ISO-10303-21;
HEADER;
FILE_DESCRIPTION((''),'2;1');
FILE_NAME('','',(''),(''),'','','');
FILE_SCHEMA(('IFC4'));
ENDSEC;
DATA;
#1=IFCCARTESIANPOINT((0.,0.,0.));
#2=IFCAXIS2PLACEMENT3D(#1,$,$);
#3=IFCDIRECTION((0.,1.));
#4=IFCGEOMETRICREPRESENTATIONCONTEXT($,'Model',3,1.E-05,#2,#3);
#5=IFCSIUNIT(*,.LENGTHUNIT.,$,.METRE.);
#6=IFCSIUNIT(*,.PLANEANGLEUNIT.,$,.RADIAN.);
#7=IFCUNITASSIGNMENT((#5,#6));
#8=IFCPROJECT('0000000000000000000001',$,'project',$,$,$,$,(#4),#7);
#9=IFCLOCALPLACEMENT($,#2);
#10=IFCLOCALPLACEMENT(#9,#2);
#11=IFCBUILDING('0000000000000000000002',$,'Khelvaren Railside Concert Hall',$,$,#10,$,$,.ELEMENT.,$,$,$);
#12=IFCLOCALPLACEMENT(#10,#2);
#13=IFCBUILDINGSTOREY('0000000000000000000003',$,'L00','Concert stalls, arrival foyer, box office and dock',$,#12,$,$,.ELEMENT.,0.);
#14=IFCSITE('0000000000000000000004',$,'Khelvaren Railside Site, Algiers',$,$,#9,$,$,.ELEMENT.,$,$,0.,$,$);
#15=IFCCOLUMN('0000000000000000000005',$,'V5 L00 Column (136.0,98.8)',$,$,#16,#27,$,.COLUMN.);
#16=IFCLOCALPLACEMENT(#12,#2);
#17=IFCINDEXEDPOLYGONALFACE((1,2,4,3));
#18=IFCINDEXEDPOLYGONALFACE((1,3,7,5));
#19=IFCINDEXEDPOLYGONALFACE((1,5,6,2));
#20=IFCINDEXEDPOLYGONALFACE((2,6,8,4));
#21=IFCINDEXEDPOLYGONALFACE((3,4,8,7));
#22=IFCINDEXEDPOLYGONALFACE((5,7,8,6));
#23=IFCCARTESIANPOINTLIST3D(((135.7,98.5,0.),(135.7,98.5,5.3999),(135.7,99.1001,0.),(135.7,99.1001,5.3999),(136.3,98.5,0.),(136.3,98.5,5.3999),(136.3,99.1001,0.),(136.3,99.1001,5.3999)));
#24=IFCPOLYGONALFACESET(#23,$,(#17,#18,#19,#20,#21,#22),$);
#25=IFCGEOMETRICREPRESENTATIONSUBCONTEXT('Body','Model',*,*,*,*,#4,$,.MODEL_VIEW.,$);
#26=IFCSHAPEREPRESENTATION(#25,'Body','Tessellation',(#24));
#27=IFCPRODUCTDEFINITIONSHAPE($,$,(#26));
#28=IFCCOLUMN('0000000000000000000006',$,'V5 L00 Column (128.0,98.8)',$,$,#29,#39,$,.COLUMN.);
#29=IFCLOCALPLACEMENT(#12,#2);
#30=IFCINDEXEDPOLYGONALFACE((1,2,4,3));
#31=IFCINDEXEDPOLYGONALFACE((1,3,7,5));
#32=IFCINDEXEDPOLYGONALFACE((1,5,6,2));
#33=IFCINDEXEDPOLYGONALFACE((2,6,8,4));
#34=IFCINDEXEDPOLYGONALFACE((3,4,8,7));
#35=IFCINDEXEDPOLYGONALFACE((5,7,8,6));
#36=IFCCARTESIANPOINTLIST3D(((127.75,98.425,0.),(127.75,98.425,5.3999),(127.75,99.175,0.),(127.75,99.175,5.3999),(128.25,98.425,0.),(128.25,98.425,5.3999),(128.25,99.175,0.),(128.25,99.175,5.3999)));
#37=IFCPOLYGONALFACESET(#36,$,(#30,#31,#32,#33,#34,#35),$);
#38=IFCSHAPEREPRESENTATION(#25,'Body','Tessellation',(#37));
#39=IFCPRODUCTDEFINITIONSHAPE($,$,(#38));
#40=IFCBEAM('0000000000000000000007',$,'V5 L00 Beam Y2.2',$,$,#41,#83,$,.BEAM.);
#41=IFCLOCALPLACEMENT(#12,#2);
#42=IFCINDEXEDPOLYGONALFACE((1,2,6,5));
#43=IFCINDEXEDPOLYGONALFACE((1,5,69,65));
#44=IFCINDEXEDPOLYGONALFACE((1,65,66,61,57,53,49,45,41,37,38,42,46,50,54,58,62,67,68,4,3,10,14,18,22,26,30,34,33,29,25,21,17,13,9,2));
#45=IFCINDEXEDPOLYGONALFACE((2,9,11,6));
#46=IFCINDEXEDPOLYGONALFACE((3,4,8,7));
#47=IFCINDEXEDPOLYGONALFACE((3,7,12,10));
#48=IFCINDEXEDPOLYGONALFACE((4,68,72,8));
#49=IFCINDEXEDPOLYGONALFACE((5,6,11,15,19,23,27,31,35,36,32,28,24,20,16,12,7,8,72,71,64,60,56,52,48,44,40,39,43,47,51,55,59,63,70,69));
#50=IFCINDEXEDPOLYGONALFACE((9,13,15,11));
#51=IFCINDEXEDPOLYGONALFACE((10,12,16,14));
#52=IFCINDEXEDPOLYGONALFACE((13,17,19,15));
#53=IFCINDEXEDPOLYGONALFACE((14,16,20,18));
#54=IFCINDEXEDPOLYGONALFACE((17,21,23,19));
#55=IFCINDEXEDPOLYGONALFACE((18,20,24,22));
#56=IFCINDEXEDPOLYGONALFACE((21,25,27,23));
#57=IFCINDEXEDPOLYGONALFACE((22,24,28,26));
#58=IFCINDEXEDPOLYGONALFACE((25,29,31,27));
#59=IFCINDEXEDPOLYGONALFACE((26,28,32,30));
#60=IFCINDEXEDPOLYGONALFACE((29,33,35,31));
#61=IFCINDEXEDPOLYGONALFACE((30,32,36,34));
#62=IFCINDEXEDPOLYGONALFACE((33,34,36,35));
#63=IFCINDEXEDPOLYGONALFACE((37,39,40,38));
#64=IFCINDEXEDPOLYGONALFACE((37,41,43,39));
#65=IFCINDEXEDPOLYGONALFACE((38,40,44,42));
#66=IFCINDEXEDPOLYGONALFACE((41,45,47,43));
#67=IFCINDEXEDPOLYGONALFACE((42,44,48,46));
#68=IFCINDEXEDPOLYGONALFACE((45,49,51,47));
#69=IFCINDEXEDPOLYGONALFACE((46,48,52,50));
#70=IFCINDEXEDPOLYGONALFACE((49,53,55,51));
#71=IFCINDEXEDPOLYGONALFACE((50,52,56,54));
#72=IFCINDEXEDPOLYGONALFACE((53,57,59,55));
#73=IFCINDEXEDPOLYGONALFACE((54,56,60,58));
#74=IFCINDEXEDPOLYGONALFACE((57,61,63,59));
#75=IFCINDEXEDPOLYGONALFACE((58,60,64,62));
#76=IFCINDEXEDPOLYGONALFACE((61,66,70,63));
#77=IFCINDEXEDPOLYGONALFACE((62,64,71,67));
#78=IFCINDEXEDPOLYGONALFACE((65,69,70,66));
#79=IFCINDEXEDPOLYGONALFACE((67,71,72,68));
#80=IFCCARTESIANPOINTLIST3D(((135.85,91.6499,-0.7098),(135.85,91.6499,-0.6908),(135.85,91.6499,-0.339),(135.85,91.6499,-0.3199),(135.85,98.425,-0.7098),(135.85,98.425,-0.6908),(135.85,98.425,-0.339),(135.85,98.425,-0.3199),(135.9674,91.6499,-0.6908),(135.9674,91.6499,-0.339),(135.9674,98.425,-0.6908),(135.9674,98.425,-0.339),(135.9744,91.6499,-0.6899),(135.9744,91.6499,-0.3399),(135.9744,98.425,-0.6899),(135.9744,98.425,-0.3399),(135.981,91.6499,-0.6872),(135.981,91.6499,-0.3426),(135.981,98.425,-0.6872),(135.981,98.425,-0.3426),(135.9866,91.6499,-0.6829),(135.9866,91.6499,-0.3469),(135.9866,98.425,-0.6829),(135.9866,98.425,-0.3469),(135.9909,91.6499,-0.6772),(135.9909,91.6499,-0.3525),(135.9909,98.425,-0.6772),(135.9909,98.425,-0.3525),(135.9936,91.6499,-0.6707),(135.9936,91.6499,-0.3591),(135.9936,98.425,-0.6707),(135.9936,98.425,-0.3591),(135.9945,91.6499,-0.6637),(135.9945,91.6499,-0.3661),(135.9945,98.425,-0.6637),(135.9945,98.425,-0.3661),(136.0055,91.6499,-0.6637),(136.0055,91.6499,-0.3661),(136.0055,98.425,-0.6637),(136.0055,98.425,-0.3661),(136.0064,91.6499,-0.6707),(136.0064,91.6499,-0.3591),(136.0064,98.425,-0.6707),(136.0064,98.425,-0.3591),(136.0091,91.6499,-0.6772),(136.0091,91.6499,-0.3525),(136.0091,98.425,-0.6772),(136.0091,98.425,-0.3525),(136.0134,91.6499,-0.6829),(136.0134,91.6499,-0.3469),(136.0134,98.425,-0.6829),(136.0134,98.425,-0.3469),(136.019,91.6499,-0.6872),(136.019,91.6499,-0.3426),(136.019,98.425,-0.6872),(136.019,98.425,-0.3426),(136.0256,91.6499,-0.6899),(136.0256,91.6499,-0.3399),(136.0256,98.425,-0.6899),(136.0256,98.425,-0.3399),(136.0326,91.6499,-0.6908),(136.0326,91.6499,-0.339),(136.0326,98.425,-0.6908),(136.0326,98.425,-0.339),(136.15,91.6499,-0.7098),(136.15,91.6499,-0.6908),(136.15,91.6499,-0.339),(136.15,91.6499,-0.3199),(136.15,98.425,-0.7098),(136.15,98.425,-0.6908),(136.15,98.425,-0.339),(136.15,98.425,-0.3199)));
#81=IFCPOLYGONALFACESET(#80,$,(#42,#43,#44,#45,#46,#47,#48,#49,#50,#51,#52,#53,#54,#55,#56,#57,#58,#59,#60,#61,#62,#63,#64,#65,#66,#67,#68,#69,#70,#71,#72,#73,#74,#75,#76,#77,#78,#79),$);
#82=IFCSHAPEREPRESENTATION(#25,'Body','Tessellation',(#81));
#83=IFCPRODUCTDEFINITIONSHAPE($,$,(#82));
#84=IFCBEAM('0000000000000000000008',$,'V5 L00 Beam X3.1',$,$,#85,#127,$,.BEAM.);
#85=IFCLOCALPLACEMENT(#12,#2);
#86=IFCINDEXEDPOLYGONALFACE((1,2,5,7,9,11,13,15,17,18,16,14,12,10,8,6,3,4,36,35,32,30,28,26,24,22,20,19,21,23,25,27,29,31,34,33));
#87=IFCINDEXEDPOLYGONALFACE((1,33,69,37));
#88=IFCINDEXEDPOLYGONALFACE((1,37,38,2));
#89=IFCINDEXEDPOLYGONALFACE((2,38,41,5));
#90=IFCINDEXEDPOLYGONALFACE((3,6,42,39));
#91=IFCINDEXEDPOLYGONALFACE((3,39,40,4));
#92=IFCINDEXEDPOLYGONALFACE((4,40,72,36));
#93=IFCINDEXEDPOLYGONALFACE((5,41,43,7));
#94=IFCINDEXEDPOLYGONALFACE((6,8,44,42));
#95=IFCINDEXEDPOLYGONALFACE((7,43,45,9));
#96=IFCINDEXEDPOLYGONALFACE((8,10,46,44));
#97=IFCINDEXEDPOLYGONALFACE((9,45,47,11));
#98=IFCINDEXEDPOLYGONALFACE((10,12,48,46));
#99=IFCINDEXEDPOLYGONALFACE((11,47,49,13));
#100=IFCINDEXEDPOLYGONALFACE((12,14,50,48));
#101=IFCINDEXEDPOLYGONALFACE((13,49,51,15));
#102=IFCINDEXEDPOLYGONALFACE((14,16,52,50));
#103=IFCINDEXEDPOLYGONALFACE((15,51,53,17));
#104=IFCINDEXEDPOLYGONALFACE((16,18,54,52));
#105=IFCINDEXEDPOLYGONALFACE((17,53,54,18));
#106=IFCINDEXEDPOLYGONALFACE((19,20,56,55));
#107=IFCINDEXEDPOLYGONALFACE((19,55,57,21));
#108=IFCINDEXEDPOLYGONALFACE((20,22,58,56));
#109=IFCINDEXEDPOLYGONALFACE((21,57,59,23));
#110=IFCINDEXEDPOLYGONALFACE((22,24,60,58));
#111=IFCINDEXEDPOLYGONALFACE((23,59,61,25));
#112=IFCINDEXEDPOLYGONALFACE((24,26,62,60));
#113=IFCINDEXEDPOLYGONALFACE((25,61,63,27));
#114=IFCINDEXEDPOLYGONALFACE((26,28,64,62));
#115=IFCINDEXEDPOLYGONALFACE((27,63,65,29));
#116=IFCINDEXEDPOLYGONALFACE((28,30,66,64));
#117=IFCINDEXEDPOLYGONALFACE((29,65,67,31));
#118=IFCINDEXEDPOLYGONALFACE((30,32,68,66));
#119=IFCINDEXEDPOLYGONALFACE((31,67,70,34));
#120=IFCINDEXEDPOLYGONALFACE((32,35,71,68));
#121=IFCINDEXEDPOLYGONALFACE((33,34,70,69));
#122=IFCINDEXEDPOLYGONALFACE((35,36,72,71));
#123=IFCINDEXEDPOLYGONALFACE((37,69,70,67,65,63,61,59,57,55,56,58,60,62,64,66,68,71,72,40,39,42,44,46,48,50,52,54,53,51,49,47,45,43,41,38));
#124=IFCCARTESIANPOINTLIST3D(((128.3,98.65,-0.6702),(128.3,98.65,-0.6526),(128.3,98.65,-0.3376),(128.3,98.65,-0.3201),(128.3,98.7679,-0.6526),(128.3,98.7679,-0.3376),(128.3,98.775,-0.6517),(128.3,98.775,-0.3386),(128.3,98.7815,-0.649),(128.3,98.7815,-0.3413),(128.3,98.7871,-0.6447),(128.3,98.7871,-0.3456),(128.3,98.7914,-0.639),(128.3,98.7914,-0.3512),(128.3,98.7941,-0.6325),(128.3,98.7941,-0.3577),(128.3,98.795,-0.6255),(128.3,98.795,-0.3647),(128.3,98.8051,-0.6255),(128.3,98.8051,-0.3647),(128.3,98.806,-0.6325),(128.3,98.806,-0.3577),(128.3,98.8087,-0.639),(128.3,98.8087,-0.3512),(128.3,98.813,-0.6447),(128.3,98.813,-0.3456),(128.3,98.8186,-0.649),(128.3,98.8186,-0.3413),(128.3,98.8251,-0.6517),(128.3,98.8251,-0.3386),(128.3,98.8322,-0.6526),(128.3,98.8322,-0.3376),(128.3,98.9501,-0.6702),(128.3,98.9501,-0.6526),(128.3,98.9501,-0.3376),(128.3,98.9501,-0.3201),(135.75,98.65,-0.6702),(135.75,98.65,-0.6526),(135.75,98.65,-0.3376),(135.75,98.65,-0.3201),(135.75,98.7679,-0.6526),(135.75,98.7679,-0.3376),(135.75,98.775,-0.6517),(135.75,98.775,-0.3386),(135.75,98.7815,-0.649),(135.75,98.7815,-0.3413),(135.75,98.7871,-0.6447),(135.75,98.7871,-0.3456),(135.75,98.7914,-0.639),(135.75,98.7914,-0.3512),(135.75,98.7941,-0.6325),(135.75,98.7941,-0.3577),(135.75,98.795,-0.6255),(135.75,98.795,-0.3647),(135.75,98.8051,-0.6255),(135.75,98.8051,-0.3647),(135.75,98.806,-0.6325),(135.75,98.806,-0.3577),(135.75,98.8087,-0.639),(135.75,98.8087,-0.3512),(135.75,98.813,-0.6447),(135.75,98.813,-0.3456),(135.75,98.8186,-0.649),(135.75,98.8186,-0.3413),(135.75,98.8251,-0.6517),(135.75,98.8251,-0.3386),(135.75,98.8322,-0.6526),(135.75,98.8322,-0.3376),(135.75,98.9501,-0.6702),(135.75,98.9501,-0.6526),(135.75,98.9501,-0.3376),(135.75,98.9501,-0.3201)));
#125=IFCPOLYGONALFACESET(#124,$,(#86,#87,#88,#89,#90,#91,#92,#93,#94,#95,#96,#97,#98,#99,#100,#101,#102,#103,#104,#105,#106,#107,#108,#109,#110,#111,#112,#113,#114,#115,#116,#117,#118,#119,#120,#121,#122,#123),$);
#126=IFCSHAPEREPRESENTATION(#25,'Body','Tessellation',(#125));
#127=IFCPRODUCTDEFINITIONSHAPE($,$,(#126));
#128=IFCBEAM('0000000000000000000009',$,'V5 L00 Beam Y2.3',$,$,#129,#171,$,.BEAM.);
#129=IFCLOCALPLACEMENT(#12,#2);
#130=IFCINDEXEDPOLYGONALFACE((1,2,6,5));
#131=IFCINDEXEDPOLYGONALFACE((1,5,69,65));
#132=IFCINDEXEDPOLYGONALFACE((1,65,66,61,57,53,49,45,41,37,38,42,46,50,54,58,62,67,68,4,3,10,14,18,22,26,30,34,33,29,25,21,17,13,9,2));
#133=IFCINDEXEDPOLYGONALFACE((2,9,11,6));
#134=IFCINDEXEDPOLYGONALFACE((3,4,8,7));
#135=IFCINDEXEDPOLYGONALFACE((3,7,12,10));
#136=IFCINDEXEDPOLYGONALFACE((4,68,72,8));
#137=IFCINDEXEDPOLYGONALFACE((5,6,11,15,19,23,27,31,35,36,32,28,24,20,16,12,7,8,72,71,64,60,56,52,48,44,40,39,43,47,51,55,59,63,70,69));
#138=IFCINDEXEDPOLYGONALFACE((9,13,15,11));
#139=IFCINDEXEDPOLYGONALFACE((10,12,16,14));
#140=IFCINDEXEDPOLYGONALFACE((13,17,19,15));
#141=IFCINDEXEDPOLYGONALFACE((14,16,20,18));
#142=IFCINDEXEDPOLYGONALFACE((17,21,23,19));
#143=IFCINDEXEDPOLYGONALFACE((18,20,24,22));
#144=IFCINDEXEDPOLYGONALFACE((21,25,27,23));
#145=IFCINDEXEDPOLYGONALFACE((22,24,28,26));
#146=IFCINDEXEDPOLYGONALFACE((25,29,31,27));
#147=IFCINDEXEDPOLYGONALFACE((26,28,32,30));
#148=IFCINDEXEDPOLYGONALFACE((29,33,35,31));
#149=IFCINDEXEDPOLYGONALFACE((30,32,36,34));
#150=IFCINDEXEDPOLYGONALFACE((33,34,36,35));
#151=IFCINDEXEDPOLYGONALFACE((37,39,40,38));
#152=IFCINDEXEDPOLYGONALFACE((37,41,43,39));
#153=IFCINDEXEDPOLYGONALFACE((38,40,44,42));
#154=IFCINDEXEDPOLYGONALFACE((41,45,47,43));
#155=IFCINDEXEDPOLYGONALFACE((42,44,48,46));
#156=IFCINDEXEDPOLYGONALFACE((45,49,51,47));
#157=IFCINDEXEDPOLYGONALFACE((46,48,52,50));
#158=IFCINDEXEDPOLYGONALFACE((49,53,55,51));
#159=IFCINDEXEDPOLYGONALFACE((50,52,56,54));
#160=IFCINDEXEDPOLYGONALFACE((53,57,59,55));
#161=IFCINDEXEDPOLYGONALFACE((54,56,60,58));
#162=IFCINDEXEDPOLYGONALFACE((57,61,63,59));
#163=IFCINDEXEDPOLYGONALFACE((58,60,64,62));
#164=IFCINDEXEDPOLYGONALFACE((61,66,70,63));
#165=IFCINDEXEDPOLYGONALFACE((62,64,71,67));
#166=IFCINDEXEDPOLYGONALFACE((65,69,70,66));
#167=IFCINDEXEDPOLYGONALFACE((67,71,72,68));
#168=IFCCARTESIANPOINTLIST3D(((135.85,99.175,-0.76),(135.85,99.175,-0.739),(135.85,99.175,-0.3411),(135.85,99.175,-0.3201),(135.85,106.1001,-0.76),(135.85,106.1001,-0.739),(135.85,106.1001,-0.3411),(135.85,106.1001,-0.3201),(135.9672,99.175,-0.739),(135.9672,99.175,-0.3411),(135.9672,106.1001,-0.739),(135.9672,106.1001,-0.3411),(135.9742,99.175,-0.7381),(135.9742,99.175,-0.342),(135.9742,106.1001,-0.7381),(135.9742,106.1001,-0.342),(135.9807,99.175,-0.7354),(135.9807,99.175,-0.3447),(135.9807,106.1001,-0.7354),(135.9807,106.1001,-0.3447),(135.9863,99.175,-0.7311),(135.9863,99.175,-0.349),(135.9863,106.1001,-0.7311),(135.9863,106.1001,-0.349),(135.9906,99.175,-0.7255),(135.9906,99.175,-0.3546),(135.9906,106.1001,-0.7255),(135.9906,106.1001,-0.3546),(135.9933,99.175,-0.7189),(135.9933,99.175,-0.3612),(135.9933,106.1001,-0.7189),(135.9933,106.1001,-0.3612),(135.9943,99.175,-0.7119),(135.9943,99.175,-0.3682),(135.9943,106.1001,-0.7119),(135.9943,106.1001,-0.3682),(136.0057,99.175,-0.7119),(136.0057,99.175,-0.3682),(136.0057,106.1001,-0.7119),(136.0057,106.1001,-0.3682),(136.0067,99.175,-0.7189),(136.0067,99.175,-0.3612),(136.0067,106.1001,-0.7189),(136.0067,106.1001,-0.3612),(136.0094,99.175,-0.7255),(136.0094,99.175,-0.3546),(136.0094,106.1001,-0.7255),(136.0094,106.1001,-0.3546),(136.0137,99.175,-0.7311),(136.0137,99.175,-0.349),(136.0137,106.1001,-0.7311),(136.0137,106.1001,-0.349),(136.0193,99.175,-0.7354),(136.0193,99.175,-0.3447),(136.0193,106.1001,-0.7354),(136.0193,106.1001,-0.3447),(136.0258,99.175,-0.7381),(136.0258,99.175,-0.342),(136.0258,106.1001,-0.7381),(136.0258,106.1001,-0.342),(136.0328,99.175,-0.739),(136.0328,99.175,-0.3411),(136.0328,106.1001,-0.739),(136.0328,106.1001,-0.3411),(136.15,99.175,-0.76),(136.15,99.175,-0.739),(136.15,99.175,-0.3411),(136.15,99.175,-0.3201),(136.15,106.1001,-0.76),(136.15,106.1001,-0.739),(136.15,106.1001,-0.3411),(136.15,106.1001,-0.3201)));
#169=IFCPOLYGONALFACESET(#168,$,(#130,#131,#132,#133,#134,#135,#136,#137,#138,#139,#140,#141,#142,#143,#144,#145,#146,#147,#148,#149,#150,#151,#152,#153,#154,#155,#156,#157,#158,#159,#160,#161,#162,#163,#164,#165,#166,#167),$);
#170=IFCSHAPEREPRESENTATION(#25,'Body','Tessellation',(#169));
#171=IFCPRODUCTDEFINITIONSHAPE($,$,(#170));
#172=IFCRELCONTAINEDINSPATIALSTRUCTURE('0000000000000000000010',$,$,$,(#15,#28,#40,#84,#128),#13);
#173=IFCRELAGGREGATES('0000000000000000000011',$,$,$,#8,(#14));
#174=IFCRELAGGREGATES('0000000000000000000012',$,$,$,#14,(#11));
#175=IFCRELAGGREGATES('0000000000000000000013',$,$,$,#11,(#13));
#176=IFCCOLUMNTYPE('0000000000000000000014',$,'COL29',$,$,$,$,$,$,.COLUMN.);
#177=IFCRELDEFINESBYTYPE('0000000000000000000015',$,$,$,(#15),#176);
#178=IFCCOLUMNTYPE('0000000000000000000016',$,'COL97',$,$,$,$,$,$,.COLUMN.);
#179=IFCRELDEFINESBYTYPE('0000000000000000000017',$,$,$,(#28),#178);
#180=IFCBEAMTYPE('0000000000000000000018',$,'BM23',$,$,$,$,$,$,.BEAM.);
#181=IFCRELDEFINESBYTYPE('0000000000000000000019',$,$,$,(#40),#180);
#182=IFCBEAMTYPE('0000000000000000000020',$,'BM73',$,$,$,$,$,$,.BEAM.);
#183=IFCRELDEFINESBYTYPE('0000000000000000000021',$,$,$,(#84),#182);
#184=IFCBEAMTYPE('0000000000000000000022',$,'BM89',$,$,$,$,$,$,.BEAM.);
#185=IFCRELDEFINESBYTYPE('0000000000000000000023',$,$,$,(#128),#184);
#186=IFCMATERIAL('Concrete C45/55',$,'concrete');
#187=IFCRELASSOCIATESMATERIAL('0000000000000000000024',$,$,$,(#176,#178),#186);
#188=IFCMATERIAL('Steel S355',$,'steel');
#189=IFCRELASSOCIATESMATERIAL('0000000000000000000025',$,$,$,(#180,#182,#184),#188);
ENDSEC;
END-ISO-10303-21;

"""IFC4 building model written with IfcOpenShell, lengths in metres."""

from ifc_helpers import new_model, si_unit, direction, frame, origin, origin_2d, place, context, subcontext, project, spatial, rectangle, i_section, extrude, material, material_profile, profile_set, type_object, element, save


model = new_model("IFC4")

# Units and contexts
model_context = context("Model", 3, precision=1e-05, world=origin(), true_north=direction((0.0, 1.0)))
body_context = subcontext(model_context, "Body", "Model", "MODEL_VIEW")
ifc_project = project(units=[si_unit("LENGTHUNIT", "METRE"), si_unit("PLANEANGLEUNIT", "RADIAN")], contexts=[model_context])

# Site, building, storey
site_placement = place(None, origin())
site = spatial("IfcSite", under=ifc_project, at=site_placement, Name="Khelvaren Railside Site, Algiers", CompositionType="ELEMENT", RefElevation=0.0)
building_placement = place(site_placement, origin())
building = spatial("IfcBuilding", under=site, at=building_placement, Name="Khelvaren Railside Concert Hall", CompositionType="ELEMENT")
storey_placement = place(building_placement, origin())
storey = spatial("IfcBuildingStorey", under=building, at=storey_placement, Name="L00", Description="Concert stalls, arrival foyer, box office and dock", CompositionType="ELEMENT", Elevation=0.0)

# Columns
ifc_material_1 = material(Name="Concrete C45/55", Category="concrete")
ifc_material_profile_1 = material_profile(ifc_material_1, rectangle(XDim=0.6001, YDim=0.6001, at=origin_2d()), Name="RC 600x600")
ifc_profile_set_1 = profile_set([ifc_material_profile_1], Name="Concrete C45/55")
column_type_1 = type_object("IfcColumnType", Name="COL29", PredefinedType="COLUMN", material=ifc_profile_set_1)
column_1_placement = place(storey_placement, frame((136.0, 98.8, 0.0), z_axis=(0.0, 0.0, 1.0), x_axis=(1.0, 0.0, 0.0)))
element("IfcColumn", 1, at=column_1_placement, inside=storey, type_object=column_type_1, Name="V5 L00 Column (136.0,98.8)", PredefinedType="COLUMN", context=body_context, shape_type="SweptSolid", body=[
    extrude(rectangle(XDim=0.6001, YDim=0.6001, at=origin_2d()), origin(), (0.0, 0.0, 1.0), 5.3999),
])
ifc_material_profile_2 = material_profile(ifc_material_1, rectangle(XDim=0.5, YDim=0.75, at=origin_2d()), Name="RC 500x750")
ifc_profile_set_2 = profile_set([ifc_material_profile_2], Name="Concrete C45/55")
column_type_2 = type_object("IfcColumnType", Name="COL97", PredefinedType="COLUMN", material=ifc_profile_set_2)
column_2_placement = place(storey_placement, frame((128.0, 98.8, 0.0), z_axis=(0.0, 0.0, 1.0), x_axis=(1.0, 0.0, 0.0)))
element("IfcColumn", 2, at=column_2_placement, inside=storey, type_object=column_type_2, Name="V5 L00 Column (128.0,98.8)", PredefinedType="COLUMN", context=body_context, shape_type="SweptSolid", body=[
    extrude(rectangle(XDim=0.5, YDim=0.75, at=origin_2d()), origin(), (0.0, 0.0, 1.0), 5.3999),
])

# Beams
ifc_material_2 = material(Name="Steel S355", Category="steel")
ifc_material_profile_3 = material_profile(ifc_material_2, i_section(OverallWidth=0.3, OverallDepth=0.3899, WebThickness=0.011, FlangeThickness=0.019, FilletRadius=0.0271, at=origin_2d()), Name="HEA 400")
ifc_profile_set_3 = profile_set([ifc_material_profile_3], Name="Steel S355")
beam_type_1 = type_object("IfcBeamType", Name="BM23", PredefinedType="BEAM", material=ifc_profile_set_3)
beam_1_placement = place(storey_placement, frame((136.0, 91.6499, -0.5149), z_axis=(0.0, 1.0, 0.0), x_axis=(-1.0, 0.0, 0.0)))
element("IfcBeam", 3, at=beam_1_placement, inside=storey, type_object=beam_type_1, Name="V5 L00 Beam Y2.2", PredefinedType="BEAM", context=body_context, shape_type="SweptSolid", body=[
    extrude(i_section(OverallWidth=0.3, OverallDepth=0.3899, WebThickness=0.011, FlangeThickness=0.019, FilletRadius=0.0271, at=origin_2d()), origin(), (0.0, 0.0, 1.0), 6.7751),
])
ifc_material_profile_4 = material_profile(ifc_material_2, i_section(OverallWidth=0.3, OverallDepth=0.3501, WebThickness=0.01, FlangeThickness=0.0176, FilletRadius=0.0271, at=origin_2d()), Name="HEA 360")
ifc_profile_set_4 = profile_set([ifc_material_profile_4], Name="Steel S355")
beam_type_2 = type_object("IfcBeamType", Name="BM73", PredefinedType="BEAM", material=ifc_profile_set_4)
beam_2_placement = place(storey_placement, frame((128.3, 98.8, -0.4951), z_axis=(1.0, 0.0, 0.0), x_axis=(0.0, 1.0, 0.0)))
element("IfcBeam", 4, at=beam_2_placement, inside=storey, type_object=beam_type_2, Name="V5 L00 Beam X3.1", PredefinedType="BEAM", context=body_context, shape_type="SweptSolid", body=[
    extrude(i_section(OverallWidth=0.3, OverallDepth=0.3501, WebThickness=0.01, FlangeThickness=0.0176, FilletRadius=0.0271, at=origin_2d()), origin(), (0.0, 0.0, 1.0), 7.45),
])
ifc_material_profile_5 = material_profile(ifc_material_2, i_section(OverallWidth=0.3, OverallDepth=0.4399, WebThickness=0.0115, FlangeThickness=0.021, FilletRadius=0.0271, at=origin_2d()), Name="HEA 450")
ifc_profile_set_5 = profile_set([ifc_material_profile_5], Name="Steel S355")
beam_type_3 = type_object("IfcBeamType", Name="BM89", PredefinedType="BEAM", material=ifc_profile_set_5)
beam_3_placement = place(storey_placement, frame((136.0, 99.175, -0.54), z_axis=(0.0, 1.0, 0.0), x_axis=(-1.0, 0.0, 0.0)))
element("IfcBeam", 5, at=beam_3_placement, inside=storey, type_object=beam_type_3, Name="V5 L00 Beam Y2.3", PredefinedType="BEAM", context=body_context, shape_type="SweptSolid", body=[
    extrude(i_section(OverallWidth=0.3, OverallDepth=0.4399, WebThickness=0.0115, FlangeThickness=0.021, FilletRadius=0.0271, at=origin_2d()), origin(), (0.0, 0.0, 1.0), 6.925),
])

save(model, "model.ifc")
